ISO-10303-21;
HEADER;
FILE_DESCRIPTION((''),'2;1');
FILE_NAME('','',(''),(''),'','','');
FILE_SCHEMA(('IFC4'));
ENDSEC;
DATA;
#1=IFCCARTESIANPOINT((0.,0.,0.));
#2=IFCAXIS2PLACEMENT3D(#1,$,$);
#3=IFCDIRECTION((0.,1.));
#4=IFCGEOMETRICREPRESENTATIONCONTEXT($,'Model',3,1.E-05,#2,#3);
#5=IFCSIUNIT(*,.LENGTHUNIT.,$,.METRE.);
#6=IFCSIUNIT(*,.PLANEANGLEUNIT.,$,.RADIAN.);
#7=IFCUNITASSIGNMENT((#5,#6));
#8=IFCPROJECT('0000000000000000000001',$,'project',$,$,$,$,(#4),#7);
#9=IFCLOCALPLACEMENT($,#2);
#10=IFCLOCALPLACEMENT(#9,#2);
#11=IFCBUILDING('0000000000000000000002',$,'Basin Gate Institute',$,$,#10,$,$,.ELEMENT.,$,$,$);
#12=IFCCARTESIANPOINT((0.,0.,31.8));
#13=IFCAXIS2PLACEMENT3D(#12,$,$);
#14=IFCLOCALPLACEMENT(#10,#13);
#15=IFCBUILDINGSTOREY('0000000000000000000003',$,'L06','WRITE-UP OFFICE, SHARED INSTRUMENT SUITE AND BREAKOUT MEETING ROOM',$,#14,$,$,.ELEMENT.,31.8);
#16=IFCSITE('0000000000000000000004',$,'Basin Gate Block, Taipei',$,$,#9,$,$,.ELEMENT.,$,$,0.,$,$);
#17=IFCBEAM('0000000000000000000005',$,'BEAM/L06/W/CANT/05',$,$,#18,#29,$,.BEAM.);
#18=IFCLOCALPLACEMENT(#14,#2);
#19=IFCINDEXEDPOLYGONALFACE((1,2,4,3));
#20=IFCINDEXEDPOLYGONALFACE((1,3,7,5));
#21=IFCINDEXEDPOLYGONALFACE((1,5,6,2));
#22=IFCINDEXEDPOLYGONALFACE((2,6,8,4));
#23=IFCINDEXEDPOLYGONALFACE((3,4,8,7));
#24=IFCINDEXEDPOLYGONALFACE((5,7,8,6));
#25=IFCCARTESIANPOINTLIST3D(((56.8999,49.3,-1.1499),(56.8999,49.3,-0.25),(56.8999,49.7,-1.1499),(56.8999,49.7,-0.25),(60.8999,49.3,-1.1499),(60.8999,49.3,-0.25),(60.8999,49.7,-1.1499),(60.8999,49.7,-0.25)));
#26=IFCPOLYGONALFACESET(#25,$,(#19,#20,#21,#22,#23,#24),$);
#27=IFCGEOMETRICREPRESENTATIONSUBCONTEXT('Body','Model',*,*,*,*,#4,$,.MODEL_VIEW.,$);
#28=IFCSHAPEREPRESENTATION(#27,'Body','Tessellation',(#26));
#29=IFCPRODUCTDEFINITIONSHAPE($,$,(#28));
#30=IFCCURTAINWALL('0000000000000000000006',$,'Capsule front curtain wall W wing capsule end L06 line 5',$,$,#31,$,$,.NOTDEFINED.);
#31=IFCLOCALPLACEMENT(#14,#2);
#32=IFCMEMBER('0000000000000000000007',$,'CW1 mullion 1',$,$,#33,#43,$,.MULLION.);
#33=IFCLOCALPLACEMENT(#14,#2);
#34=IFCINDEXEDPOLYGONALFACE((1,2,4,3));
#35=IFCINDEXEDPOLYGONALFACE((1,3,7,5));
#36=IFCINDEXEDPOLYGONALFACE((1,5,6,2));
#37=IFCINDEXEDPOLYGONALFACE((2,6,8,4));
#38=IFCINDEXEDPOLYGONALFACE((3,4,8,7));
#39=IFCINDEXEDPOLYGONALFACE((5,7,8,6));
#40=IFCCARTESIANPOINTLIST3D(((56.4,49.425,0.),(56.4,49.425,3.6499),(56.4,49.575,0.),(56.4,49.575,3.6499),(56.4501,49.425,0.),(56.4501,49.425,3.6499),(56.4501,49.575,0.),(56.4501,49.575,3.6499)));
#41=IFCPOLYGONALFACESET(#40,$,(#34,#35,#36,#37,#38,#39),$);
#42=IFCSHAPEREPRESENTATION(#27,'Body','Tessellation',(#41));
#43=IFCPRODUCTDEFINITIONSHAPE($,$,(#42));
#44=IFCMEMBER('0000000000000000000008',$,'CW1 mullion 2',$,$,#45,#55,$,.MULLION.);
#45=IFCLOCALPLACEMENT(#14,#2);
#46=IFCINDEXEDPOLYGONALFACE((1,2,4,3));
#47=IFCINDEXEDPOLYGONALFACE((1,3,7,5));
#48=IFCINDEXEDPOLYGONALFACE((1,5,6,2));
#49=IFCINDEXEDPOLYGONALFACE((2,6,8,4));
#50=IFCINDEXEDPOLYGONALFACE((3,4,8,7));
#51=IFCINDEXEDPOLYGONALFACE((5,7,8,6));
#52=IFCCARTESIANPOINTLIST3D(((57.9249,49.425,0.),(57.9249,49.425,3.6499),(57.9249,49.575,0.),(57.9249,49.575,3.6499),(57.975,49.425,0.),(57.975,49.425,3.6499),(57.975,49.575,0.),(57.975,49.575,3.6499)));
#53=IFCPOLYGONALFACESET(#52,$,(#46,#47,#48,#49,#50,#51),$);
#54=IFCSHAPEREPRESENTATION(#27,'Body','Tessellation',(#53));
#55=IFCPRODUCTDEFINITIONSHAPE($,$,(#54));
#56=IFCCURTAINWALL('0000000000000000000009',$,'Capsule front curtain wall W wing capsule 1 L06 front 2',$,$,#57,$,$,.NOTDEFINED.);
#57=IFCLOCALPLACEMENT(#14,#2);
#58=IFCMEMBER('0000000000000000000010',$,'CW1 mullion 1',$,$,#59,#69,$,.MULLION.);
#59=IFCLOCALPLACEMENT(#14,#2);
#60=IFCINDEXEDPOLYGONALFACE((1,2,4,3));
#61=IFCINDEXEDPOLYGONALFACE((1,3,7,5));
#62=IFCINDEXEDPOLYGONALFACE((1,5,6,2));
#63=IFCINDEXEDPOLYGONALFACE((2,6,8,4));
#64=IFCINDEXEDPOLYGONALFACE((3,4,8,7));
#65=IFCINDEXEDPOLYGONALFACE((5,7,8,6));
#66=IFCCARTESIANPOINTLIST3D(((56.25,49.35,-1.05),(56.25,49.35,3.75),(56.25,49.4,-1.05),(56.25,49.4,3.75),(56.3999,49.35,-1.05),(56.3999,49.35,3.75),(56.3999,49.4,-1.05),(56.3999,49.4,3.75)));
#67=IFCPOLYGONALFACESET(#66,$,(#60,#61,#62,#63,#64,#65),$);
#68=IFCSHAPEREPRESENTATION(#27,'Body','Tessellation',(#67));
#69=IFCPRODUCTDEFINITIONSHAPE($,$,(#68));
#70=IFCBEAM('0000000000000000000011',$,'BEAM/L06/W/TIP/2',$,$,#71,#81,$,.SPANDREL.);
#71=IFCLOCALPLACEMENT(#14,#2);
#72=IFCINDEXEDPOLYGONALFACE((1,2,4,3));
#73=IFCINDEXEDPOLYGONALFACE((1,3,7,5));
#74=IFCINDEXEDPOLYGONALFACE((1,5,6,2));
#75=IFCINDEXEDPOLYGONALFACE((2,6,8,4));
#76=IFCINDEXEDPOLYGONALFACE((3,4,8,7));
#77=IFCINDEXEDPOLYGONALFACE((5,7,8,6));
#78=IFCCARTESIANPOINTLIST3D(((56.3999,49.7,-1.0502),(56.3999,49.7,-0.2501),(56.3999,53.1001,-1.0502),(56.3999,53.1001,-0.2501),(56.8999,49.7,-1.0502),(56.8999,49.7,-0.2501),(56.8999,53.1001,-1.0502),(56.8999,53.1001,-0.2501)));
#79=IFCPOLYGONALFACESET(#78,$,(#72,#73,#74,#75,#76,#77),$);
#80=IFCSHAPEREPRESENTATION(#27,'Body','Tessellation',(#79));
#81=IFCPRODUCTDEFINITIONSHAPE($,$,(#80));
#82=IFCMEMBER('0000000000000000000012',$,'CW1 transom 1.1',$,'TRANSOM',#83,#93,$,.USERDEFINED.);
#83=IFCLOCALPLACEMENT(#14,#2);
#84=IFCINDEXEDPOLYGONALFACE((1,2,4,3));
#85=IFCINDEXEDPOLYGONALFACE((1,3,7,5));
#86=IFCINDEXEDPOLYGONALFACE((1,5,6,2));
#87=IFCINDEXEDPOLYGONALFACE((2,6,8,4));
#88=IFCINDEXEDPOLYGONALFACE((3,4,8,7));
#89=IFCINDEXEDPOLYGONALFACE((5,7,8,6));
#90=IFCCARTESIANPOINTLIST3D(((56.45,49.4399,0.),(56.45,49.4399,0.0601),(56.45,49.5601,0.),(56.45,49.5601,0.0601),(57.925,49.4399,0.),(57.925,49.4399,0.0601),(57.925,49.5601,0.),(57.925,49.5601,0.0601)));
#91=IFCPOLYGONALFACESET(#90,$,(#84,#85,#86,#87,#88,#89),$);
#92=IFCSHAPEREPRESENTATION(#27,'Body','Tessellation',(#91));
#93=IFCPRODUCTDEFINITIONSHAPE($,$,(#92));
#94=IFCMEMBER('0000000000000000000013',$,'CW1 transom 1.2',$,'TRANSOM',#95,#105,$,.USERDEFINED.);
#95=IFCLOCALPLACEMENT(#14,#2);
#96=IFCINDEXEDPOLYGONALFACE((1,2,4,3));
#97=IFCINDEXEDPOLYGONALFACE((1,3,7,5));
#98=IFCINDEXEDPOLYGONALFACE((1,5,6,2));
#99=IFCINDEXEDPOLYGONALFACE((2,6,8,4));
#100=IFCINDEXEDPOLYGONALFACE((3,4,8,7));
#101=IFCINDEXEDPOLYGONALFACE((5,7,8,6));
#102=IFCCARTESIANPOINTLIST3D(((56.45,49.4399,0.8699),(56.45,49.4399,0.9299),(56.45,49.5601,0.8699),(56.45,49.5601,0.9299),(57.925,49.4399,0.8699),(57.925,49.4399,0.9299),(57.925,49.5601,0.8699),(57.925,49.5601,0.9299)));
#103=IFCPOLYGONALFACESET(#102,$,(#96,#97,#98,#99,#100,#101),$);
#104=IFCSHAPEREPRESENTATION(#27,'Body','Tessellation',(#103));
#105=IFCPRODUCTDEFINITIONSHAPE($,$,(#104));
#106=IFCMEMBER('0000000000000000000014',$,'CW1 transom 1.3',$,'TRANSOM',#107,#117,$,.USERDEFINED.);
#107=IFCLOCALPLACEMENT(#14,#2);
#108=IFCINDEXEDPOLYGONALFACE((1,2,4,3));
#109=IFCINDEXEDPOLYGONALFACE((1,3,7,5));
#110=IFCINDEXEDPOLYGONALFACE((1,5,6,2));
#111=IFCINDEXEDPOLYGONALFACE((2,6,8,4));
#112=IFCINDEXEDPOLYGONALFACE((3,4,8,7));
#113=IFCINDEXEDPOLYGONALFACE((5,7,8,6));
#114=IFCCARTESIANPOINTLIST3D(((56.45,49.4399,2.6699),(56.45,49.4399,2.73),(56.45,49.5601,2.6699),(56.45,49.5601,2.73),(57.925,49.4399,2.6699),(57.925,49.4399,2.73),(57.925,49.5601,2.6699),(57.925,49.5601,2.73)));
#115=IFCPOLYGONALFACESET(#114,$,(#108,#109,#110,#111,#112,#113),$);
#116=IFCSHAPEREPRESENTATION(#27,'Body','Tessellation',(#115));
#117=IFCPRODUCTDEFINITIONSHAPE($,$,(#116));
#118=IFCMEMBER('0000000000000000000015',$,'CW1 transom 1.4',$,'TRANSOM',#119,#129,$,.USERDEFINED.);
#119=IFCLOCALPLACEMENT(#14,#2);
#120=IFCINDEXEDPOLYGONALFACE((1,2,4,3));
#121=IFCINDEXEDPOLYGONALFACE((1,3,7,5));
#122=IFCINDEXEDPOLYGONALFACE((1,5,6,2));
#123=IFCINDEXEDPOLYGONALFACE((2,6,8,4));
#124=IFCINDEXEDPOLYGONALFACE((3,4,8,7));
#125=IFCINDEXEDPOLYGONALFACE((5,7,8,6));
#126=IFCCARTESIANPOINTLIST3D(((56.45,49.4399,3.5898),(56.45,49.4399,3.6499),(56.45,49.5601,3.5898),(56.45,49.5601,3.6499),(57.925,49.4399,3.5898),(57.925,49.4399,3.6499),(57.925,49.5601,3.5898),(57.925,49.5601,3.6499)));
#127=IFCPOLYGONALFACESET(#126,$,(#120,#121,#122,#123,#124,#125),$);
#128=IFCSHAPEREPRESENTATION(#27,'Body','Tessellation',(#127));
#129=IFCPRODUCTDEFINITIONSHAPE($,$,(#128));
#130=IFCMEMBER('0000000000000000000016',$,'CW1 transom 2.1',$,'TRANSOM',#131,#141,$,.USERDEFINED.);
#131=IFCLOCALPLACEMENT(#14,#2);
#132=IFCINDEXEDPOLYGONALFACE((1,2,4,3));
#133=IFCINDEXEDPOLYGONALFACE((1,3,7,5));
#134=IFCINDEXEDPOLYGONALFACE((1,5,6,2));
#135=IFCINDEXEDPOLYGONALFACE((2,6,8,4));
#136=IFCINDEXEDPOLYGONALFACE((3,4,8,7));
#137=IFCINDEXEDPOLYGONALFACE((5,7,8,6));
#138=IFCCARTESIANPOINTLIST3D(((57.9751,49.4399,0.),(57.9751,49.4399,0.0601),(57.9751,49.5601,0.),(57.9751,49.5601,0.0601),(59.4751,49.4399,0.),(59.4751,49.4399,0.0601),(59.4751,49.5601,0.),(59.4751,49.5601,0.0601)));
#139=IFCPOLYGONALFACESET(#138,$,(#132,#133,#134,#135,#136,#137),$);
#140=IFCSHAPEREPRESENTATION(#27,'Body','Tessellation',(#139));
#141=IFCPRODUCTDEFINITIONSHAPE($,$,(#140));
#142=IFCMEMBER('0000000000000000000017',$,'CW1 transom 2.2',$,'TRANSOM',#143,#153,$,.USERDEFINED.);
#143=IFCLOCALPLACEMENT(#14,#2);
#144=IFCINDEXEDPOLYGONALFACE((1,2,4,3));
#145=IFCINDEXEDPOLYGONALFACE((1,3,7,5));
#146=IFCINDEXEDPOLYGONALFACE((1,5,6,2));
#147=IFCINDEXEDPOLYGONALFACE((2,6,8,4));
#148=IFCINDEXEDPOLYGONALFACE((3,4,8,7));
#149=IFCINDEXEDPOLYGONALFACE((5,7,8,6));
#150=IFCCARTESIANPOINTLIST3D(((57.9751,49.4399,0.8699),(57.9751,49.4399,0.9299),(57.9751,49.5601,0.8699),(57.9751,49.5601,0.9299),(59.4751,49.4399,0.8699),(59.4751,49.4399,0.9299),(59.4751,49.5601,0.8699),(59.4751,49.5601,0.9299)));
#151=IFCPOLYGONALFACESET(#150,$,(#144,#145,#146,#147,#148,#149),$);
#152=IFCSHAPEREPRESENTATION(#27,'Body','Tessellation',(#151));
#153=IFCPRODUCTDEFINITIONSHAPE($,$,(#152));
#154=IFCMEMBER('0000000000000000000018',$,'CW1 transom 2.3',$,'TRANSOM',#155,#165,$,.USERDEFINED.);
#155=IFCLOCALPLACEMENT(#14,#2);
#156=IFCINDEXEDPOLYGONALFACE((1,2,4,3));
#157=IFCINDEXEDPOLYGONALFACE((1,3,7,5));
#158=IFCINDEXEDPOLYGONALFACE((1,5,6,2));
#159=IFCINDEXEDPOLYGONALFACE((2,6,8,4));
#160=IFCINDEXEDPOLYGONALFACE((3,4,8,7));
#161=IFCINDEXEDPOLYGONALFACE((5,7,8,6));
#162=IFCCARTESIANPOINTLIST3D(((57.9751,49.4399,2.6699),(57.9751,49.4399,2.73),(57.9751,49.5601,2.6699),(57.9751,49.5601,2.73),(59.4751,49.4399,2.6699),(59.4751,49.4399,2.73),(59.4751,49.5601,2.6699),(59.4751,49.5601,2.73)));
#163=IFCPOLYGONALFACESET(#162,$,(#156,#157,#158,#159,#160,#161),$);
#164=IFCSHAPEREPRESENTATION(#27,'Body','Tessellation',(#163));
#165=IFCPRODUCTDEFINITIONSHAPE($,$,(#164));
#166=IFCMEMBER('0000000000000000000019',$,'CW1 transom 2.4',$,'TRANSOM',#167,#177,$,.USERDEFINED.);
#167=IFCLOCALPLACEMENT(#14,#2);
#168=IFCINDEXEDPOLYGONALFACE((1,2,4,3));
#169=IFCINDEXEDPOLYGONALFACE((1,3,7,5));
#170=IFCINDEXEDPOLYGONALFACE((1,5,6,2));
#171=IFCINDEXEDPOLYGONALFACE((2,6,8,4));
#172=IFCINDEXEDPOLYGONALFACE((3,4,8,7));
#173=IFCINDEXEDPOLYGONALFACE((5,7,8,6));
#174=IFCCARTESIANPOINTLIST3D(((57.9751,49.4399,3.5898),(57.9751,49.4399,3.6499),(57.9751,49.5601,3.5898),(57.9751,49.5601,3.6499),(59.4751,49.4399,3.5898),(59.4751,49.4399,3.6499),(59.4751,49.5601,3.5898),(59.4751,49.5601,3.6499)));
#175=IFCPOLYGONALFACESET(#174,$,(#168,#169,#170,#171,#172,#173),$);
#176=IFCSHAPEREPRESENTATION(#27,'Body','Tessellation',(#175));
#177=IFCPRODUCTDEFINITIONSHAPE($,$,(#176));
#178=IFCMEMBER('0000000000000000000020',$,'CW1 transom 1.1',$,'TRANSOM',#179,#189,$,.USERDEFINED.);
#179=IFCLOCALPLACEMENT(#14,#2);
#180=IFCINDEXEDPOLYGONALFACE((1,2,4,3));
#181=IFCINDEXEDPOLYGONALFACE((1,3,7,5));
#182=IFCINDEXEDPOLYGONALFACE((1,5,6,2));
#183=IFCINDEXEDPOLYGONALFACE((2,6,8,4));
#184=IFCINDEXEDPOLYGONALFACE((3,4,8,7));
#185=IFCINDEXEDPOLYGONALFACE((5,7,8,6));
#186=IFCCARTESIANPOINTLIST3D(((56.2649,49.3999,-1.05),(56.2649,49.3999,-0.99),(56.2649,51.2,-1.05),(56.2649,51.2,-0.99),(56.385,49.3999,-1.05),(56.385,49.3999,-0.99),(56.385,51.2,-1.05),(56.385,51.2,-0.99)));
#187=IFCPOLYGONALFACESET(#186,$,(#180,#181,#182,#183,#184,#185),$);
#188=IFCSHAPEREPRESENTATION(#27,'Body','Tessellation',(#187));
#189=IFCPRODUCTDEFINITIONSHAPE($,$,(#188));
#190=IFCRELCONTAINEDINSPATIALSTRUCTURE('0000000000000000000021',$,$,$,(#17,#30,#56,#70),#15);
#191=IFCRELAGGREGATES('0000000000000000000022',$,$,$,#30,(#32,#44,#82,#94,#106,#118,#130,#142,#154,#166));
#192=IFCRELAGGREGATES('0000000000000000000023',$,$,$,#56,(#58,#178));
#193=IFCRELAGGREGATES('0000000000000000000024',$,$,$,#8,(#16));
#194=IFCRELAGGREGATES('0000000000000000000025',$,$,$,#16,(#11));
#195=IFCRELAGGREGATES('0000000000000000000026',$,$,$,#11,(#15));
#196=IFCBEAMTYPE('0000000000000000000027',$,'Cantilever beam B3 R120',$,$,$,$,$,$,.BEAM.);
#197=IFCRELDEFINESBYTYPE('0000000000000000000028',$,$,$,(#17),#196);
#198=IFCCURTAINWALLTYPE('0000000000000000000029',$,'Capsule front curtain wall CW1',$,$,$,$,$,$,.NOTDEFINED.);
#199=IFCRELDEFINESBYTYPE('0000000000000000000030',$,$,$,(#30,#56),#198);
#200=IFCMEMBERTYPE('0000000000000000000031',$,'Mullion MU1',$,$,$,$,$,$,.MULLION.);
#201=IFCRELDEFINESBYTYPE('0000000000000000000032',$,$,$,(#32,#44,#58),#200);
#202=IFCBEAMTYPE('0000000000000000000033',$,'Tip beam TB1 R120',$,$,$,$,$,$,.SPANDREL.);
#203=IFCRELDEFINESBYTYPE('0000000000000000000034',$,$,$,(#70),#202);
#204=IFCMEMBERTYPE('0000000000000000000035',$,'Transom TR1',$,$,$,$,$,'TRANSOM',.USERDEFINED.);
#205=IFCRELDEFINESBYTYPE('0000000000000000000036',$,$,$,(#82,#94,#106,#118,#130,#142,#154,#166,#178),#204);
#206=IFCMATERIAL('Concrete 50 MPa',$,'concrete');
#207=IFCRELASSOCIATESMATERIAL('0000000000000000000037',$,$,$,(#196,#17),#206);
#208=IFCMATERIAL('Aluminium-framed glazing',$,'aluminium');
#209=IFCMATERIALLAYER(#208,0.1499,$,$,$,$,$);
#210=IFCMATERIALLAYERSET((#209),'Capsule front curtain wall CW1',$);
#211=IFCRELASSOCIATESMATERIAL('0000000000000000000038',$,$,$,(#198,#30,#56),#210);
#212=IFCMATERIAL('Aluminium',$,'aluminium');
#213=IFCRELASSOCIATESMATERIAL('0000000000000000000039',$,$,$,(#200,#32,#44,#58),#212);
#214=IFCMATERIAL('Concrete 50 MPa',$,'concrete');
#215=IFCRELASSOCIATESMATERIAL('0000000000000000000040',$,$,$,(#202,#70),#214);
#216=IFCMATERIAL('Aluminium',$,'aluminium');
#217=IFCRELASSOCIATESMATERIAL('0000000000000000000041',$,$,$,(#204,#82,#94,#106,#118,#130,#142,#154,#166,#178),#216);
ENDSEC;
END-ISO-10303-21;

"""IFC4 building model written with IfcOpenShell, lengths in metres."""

from ifc_helpers import new_model, si_unit, direction, frame, origin, origin_2d, place, context, subcontext, project, spatial, rectangle, extrude, material, layer, layer_set, material_profile, profile_set, type_object, element, aggregate, save


model = new_model("IFC4")

# Units and contexts
model_context = context("Model", 3, precision=1e-05, world=origin(), true_north=direction((0.0, 1.0)))
body_context = subcontext(model_context, "Body", "Model", "MODEL_VIEW")
ifc_project = project(units=[si_unit("LENGTHUNIT", "METRE"), si_unit("PLANEANGLEUNIT", "RADIAN")], contexts=[model_context])

# Site, building, storey
site_placement = place(None, origin())
site = spatial("IfcSite", under=ifc_project, at=site_placement, Name="Basin Gate Block, Taipei", CompositionType="ELEMENT", RefElevation=0.0)
building_placement = place(site_placement, origin())
building = spatial("IfcBuilding", under=site, at=building_placement, Name="Basin Gate Institute", CompositionType="ELEMENT")
storey_placement = place(building_placement, frame((0.0, 0.0, 31.8)))
storey = spatial("IfcBuildingStorey", under=building, at=storey_placement, Name="L06", Description="WRITE-UP OFFICE, SHARED INSTRUMENT SUITE AND BREAKOUT MEETING ROOM", CompositionType="ELEMENT", Elevation=31.8)

# Beam
ifc_material_1 = material(Name="Concrete 50 MPa", Category="concrete")
ifc_material_profile_1 = material_profile(ifc_material_1, rectangle(XDim=0.3999, YDim=0.8999, at=origin_2d()), Name="Cantilever beam B3 400 x 900")
ifc_profile_set_1 = profile_set([ifc_material_profile_1], Name="Concrete 50 MPa")
beam_type_1 = type_object("IfcBeamType", Name="Cantilever beam B3 R120", PredefinedType="BEAM", material=ifc_profile_set_1)
beam_1_placement = place(storey_placement, frame((56.8999, 49.5, -0.7), z_axis=(1.0, 0.0, 0.0), x_axis=(0.0, 1.0, 0.0)))
element("IfcBeam", 1, at=beam_1_placement, inside=storey, type_object=beam_type_1, material=ifc_profile_set_1, Name="BEAM/L06/W/CANT/05", PredefinedType="BEAM", context=body_context, shape_type="SweptSolid", body=[
    extrude(rectangle(XDim=0.3999, YDim=0.8999, at=origin_2d()), origin(), (0.0, 0.0, 1.0), 4.0),
])

# Curtain wall, members
ifc_material_2 = material(Name="Aluminium-framed glazing", Category="aluminium")
ifc_layer_1 = layer(ifc_material_2, 0.1499)
ifc_layer_set_1 = layer_set([ifc_layer_1], Name="Capsule front curtain wall CW1")
curtain_wall_type = type_object("IfcCurtainWallType", Name="Capsule front curtain wall CW1", PredefinedType="NOTDEFINED", material=ifc_layer_set_1)
curtain_wall_1_placement = place(storey_placement, origin())
curtain_wall_1 = element("IfcCurtainWall", 2, at=curtain_wall_1_placement, inside=storey, type_object=curtain_wall_type, material=ifc_layer_set_1, Name="Capsule front curtain wall W wing capsule end L06 line 5", PredefinedType="NOTDEFINED")
ifc_material_3 = material(Name="Aluminium", Category="aluminium")
ifc_material_profile_2 = material_profile(ifc_material_3, rectangle(XDim=0.1499, YDim=0.05, at=origin_2d()), Name="Mullion MU1 150 x 50")
ifc_profile_set_2 = profile_set([ifc_material_profile_2], Name="Aluminium")
member_type_1 = type_object("IfcMemberType", Name="Mullion MU1", PredefinedType="MULLION", material=ifc_profile_set_2)
member_1_placement = place(storey_placement, frame((56.425, 49.5, 0.0), z_axis=(0.0, 0.0, 1.0), x_axis=(0.0, 1.0, 0.0)))
member_1 = element("IfcMember", 3, at=member_1_placement, type_object=member_type_1, material=ifc_profile_set_2, Name="CW1 mullion 1", PredefinedType="MULLION", context=body_context, shape_type="SweptSolid", body=[
    extrude(rectangle(XDim=0.1499, YDim=0.05, at=origin_2d()), origin(), (0.0, 0.0, 1.0), 3.6499),
])
member_2_placement = place(storey_placement, frame((57.95, 49.5, 0.0), z_axis=(0.0, 0.0, 1.0), x_axis=(0.0, 1.0, 0.0)))
member_2 = element("IfcMember", 4, at=member_2_placement, type_object=member_type_1, material=ifc_profile_set_2, Name="CW1 mullion 2", PredefinedType="MULLION", context=body_context, shape_type="SweptSolid", body=[
    extrude(rectangle(XDim=0.1499, YDim=0.05, at=origin_2d()), origin(), (0.0, 0.0, 1.0), 3.6499),
])

# Curtain wall, member
curtain_wall_2_placement = place(storey_placement, origin())
curtain_wall_2 = element("IfcCurtainWall", 5, at=curtain_wall_2_placement, inside=storey, type_object=curtain_wall_type, material=ifc_layer_set_1, Name="Capsule front curtain wall W wing capsule 1 L06 front 2", PredefinedType="NOTDEFINED")
member_3_placement = place(storey_placement, frame((56.325, 49.375, -1.05), z_axis=(0.0, 0.0, 1.0), x_axis=(-1.0, 0.0, 0.0)))
member_3 = element("IfcMember", 6, at=member_3_placement, type_object=member_type_1, material=ifc_profile_set_2, Name="CW1 mullion 1", PredefinedType="MULLION", context=body_context, shape_type="SweptSolid", body=[
    extrude(rectangle(XDim=0.1499, YDim=0.05, at=origin_2d()), origin(), (0.0, 0.0, 1.0), 4.8),
])

# Beam
ifc_material_4 = material(Name="Concrete 50 MPa", Category="concrete")
ifc_material_profile_3 = material_profile(ifc_material_4, rectangle(XDim=0.5, YDim=0.8, at=origin_2d()), Name="Tip beam TB1 500 x 800")
ifc_profile_set_3 = profile_set([ifc_material_profile_3], Name="Concrete 50 MPa")
beam_type_2 = type_object("IfcBeamType", Name="Tip beam TB1 R120", PredefinedType="SPANDREL", material=ifc_profile_set_3)
beam_2_placement = place(storey_placement, frame((56.6499, 49.7, -0.6501), z_axis=(0.0, 1.0, 0.0), x_axis=(-1.0, 0.0, 0.0)))
element("IfcBeam", 7, at=beam_2_placement, inside=storey, type_object=beam_type_2, material=ifc_profile_set_3, Name="BEAM/L06/W/TIP/2", PredefinedType="SPANDREL", context=body_context, shape_type="SweptSolid", body=[
    extrude(rectangle(XDim=0.5, YDim=0.8, at=origin_2d()), origin(), (0.0, 0.0, 1.0), 3.4001),
])

# Members
ifc_material_5 = material(Name="Aluminium", Category="aluminium")
ifc_material_profile_4 = material_profile(ifc_material_5, rectangle(XDim=0.1201, YDim=0.0601, at=origin_2d()), Name="Transom TR1 120 x 60")
ifc_profile_set_4 = profile_set([ifc_material_profile_4], Name="Aluminium")
member_type_2 = type_object("IfcMemberType", Name="Transom TR1", ElementType="TRANSOM", PredefinedType="USERDEFINED", material=ifc_profile_set_4)
member_4_placement = place(storey_placement, frame((56.45, 49.5, 0.03), z_axis=(1.0, 0.0, 0.0), x_axis=(0.0, 1.0, 0.0)))
member_4 = element("IfcMember", 8, at=member_4_placement, type_object=member_type_2, material=ifc_profile_set_4, Name="CW1 transom 1.1", ObjectType="TRANSOM", PredefinedType="USERDEFINED", context=body_context, shape_type="SweptSolid", body=[
    extrude(rectangle(XDim=0.1201, YDim=0.0601, at=origin_2d()), origin(), (0.0, 0.0, 1.0), 1.4751),
])
member_5_placement = place(storey_placement, frame((56.45, 49.5, 0.8999), z_axis=(1.0, 0.0, 0.0), x_axis=(0.0, 1.0, 0.0)))
member_5 = element("IfcMember", 9, at=member_5_placement, type_object=member_type_2, material=ifc_profile_set_4, Name="CW1 transom 1.2", ObjectType="TRANSOM", PredefinedType="USERDEFINED", context=body_context, shape_type="SweptSolid", body=[
    extrude(rectangle(XDim=0.1201, YDim=0.0601, at=origin_2d()), origin(), (0.0, 0.0, 1.0), 1.4751),
])
member_6_placement = place(storey_placement, frame((56.45, 49.5, 2.7), z_axis=(1.0, 0.0, 0.0), x_axis=(0.0, 1.0, 0.0)))
member_6 = element("IfcMember", 10, at=member_6_placement, type_object=member_type_2, material=ifc_profile_set_4, Name="CW1 transom 1.3", ObjectType="TRANSOM", PredefinedType="USERDEFINED", context=body_context, shape_type="SweptSolid", body=[
    extrude(rectangle(XDim=0.1201, YDim=0.0601, at=origin_2d()), origin(), (0.0, 0.0, 1.0), 1.4751),
])
member_7_placement = place(storey_placement, frame((56.45, 49.5, 3.6199), z_axis=(1.0, 0.0, 0.0), x_axis=(0.0, 1.0, 0.0)))
member_7 = element("IfcMember", 11, at=member_7_placement, type_object=member_type_2, material=ifc_profile_set_4, Name="CW1 transom 1.4", ObjectType="TRANSOM", PredefinedType="USERDEFINED", context=body_context, shape_type="SweptSolid", body=[
    extrude(rectangle(XDim=0.1201, YDim=0.0601, at=origin_2d()), origin(), (0.0, 0.0, 1.0), 1.4751),
])
member_8_placement = place(storey_placement, frame((57.9751, 49.5, 0.03), z_axis=(1.0, 0.0, 0.0), x_axis=(0.0, 1.0, 0.0)))
member_8 = element("IfcMember", 12, at=member_8_placement, type_object=member_type_2, material=ifc_profile_set_4, Name="CW1 transom 2.1", ObjectType="TRANSOM", PredefinedType="USERDEFINED", context=body_context, shape_type="SweptSolid", body=[
    extrude(rectangle(XDim=0.1201, YDim=0.0601, at=origin_2d()), origin(), (0.0, 0.0, 1.0), 1.5),
])
member_9_placement = place(storey_placement, frame((57.9751, 49.5, 0.8999), z_axis=(1.0, 0.0, 0.0), x_axis=(0.0, 1.0, 0.0)))
member_9 = element("IfcMember", 13, at=member_9_placement, type_object=member_type_2, material=ifc_profile_set_4, Name="CW1 transom 2.2", ObjectType="TRANSOM", PredefinedType="USERDEFINED", context=body_context, shape_type="SweptSolid", body=[
    extrude(rectangle(XDim=0.1201, YDim=0.0601, at=origin_2d()), origin(), (0.0, 0.0, 1.0), 1.5),
])
member_10_placement = place(storey_placement, frame((57.9751, 49.5, 2.7), z_axis=(1.0, 0.0, 0.0), x_axis=(0.0, 1.0, 0.0)))
member_10 = element("IfcMember", 14, at=member_10_placement, type_object=member_type_2, material=ifc_profile_set_4, Name="CW1 transom 2.3", ObjectType="TRANSOM", PredefinedType="USERDEFINED", context=body_context, shape_type="SweptSolid", body=[
    extrude(rectangle(XDim=0.1201, YDim=0.0601, at=origin_2d()), origin(), (0.0, 0.0, 1.0), 1.5),
])
member_11_placement = place(storey_placement, frame((57.9751, 49.5, 3.6199), z_axis=(1.0, 0.0, 0.0), x_axis=(0.0, 1.0, 0.0)))
member_11 = element("IfcMember", 15, at=member_11_placement, type_object=member_type_2, material=ifc_profile_set_4, Name="CW1 transom 2.4", ObjectType="TRANSOM", PredefinedType="USERDEFINED", context=body_context, shape_type="SweptSolid", body=[
    extrude(rectangle(XDim=0.1201, YDim=0.0601, at=origin_2d()), origin(), (0.0, 0.0, 1.0), 1.5),
])
member_12_placement = place(storey_placement, frame((56.325, 49.3999, -1.02), z_axis=(0.0, 1.0, 0.0), x_axis=(-1.0, 0.0, 0.0)))
member_12 = element("IfcMember", 16, at=member_12_placement, type_object=member_type_2, material=ifc_profile_set_4, Name="CW1 transom 1.1", ObjectType="TRANSOM", PredefinedType="USERDEFINED", context=body_context, shape_type="SweptSolid", body=[
    extrude(rectangle(XDim=0.1201, YDim=0.0601, at=origin_2d()), origin(), (0.0, 0.0, 1.0), 1.8),
])

aggregate(curtain_wall_1, [member_1, member_2, member_4, member_5, member_6, member_7, member_8, member_9, member_10, member_11])
aggregate(curtain_wall_2, [member_3, member_12])

save(model, "model.ifc")
